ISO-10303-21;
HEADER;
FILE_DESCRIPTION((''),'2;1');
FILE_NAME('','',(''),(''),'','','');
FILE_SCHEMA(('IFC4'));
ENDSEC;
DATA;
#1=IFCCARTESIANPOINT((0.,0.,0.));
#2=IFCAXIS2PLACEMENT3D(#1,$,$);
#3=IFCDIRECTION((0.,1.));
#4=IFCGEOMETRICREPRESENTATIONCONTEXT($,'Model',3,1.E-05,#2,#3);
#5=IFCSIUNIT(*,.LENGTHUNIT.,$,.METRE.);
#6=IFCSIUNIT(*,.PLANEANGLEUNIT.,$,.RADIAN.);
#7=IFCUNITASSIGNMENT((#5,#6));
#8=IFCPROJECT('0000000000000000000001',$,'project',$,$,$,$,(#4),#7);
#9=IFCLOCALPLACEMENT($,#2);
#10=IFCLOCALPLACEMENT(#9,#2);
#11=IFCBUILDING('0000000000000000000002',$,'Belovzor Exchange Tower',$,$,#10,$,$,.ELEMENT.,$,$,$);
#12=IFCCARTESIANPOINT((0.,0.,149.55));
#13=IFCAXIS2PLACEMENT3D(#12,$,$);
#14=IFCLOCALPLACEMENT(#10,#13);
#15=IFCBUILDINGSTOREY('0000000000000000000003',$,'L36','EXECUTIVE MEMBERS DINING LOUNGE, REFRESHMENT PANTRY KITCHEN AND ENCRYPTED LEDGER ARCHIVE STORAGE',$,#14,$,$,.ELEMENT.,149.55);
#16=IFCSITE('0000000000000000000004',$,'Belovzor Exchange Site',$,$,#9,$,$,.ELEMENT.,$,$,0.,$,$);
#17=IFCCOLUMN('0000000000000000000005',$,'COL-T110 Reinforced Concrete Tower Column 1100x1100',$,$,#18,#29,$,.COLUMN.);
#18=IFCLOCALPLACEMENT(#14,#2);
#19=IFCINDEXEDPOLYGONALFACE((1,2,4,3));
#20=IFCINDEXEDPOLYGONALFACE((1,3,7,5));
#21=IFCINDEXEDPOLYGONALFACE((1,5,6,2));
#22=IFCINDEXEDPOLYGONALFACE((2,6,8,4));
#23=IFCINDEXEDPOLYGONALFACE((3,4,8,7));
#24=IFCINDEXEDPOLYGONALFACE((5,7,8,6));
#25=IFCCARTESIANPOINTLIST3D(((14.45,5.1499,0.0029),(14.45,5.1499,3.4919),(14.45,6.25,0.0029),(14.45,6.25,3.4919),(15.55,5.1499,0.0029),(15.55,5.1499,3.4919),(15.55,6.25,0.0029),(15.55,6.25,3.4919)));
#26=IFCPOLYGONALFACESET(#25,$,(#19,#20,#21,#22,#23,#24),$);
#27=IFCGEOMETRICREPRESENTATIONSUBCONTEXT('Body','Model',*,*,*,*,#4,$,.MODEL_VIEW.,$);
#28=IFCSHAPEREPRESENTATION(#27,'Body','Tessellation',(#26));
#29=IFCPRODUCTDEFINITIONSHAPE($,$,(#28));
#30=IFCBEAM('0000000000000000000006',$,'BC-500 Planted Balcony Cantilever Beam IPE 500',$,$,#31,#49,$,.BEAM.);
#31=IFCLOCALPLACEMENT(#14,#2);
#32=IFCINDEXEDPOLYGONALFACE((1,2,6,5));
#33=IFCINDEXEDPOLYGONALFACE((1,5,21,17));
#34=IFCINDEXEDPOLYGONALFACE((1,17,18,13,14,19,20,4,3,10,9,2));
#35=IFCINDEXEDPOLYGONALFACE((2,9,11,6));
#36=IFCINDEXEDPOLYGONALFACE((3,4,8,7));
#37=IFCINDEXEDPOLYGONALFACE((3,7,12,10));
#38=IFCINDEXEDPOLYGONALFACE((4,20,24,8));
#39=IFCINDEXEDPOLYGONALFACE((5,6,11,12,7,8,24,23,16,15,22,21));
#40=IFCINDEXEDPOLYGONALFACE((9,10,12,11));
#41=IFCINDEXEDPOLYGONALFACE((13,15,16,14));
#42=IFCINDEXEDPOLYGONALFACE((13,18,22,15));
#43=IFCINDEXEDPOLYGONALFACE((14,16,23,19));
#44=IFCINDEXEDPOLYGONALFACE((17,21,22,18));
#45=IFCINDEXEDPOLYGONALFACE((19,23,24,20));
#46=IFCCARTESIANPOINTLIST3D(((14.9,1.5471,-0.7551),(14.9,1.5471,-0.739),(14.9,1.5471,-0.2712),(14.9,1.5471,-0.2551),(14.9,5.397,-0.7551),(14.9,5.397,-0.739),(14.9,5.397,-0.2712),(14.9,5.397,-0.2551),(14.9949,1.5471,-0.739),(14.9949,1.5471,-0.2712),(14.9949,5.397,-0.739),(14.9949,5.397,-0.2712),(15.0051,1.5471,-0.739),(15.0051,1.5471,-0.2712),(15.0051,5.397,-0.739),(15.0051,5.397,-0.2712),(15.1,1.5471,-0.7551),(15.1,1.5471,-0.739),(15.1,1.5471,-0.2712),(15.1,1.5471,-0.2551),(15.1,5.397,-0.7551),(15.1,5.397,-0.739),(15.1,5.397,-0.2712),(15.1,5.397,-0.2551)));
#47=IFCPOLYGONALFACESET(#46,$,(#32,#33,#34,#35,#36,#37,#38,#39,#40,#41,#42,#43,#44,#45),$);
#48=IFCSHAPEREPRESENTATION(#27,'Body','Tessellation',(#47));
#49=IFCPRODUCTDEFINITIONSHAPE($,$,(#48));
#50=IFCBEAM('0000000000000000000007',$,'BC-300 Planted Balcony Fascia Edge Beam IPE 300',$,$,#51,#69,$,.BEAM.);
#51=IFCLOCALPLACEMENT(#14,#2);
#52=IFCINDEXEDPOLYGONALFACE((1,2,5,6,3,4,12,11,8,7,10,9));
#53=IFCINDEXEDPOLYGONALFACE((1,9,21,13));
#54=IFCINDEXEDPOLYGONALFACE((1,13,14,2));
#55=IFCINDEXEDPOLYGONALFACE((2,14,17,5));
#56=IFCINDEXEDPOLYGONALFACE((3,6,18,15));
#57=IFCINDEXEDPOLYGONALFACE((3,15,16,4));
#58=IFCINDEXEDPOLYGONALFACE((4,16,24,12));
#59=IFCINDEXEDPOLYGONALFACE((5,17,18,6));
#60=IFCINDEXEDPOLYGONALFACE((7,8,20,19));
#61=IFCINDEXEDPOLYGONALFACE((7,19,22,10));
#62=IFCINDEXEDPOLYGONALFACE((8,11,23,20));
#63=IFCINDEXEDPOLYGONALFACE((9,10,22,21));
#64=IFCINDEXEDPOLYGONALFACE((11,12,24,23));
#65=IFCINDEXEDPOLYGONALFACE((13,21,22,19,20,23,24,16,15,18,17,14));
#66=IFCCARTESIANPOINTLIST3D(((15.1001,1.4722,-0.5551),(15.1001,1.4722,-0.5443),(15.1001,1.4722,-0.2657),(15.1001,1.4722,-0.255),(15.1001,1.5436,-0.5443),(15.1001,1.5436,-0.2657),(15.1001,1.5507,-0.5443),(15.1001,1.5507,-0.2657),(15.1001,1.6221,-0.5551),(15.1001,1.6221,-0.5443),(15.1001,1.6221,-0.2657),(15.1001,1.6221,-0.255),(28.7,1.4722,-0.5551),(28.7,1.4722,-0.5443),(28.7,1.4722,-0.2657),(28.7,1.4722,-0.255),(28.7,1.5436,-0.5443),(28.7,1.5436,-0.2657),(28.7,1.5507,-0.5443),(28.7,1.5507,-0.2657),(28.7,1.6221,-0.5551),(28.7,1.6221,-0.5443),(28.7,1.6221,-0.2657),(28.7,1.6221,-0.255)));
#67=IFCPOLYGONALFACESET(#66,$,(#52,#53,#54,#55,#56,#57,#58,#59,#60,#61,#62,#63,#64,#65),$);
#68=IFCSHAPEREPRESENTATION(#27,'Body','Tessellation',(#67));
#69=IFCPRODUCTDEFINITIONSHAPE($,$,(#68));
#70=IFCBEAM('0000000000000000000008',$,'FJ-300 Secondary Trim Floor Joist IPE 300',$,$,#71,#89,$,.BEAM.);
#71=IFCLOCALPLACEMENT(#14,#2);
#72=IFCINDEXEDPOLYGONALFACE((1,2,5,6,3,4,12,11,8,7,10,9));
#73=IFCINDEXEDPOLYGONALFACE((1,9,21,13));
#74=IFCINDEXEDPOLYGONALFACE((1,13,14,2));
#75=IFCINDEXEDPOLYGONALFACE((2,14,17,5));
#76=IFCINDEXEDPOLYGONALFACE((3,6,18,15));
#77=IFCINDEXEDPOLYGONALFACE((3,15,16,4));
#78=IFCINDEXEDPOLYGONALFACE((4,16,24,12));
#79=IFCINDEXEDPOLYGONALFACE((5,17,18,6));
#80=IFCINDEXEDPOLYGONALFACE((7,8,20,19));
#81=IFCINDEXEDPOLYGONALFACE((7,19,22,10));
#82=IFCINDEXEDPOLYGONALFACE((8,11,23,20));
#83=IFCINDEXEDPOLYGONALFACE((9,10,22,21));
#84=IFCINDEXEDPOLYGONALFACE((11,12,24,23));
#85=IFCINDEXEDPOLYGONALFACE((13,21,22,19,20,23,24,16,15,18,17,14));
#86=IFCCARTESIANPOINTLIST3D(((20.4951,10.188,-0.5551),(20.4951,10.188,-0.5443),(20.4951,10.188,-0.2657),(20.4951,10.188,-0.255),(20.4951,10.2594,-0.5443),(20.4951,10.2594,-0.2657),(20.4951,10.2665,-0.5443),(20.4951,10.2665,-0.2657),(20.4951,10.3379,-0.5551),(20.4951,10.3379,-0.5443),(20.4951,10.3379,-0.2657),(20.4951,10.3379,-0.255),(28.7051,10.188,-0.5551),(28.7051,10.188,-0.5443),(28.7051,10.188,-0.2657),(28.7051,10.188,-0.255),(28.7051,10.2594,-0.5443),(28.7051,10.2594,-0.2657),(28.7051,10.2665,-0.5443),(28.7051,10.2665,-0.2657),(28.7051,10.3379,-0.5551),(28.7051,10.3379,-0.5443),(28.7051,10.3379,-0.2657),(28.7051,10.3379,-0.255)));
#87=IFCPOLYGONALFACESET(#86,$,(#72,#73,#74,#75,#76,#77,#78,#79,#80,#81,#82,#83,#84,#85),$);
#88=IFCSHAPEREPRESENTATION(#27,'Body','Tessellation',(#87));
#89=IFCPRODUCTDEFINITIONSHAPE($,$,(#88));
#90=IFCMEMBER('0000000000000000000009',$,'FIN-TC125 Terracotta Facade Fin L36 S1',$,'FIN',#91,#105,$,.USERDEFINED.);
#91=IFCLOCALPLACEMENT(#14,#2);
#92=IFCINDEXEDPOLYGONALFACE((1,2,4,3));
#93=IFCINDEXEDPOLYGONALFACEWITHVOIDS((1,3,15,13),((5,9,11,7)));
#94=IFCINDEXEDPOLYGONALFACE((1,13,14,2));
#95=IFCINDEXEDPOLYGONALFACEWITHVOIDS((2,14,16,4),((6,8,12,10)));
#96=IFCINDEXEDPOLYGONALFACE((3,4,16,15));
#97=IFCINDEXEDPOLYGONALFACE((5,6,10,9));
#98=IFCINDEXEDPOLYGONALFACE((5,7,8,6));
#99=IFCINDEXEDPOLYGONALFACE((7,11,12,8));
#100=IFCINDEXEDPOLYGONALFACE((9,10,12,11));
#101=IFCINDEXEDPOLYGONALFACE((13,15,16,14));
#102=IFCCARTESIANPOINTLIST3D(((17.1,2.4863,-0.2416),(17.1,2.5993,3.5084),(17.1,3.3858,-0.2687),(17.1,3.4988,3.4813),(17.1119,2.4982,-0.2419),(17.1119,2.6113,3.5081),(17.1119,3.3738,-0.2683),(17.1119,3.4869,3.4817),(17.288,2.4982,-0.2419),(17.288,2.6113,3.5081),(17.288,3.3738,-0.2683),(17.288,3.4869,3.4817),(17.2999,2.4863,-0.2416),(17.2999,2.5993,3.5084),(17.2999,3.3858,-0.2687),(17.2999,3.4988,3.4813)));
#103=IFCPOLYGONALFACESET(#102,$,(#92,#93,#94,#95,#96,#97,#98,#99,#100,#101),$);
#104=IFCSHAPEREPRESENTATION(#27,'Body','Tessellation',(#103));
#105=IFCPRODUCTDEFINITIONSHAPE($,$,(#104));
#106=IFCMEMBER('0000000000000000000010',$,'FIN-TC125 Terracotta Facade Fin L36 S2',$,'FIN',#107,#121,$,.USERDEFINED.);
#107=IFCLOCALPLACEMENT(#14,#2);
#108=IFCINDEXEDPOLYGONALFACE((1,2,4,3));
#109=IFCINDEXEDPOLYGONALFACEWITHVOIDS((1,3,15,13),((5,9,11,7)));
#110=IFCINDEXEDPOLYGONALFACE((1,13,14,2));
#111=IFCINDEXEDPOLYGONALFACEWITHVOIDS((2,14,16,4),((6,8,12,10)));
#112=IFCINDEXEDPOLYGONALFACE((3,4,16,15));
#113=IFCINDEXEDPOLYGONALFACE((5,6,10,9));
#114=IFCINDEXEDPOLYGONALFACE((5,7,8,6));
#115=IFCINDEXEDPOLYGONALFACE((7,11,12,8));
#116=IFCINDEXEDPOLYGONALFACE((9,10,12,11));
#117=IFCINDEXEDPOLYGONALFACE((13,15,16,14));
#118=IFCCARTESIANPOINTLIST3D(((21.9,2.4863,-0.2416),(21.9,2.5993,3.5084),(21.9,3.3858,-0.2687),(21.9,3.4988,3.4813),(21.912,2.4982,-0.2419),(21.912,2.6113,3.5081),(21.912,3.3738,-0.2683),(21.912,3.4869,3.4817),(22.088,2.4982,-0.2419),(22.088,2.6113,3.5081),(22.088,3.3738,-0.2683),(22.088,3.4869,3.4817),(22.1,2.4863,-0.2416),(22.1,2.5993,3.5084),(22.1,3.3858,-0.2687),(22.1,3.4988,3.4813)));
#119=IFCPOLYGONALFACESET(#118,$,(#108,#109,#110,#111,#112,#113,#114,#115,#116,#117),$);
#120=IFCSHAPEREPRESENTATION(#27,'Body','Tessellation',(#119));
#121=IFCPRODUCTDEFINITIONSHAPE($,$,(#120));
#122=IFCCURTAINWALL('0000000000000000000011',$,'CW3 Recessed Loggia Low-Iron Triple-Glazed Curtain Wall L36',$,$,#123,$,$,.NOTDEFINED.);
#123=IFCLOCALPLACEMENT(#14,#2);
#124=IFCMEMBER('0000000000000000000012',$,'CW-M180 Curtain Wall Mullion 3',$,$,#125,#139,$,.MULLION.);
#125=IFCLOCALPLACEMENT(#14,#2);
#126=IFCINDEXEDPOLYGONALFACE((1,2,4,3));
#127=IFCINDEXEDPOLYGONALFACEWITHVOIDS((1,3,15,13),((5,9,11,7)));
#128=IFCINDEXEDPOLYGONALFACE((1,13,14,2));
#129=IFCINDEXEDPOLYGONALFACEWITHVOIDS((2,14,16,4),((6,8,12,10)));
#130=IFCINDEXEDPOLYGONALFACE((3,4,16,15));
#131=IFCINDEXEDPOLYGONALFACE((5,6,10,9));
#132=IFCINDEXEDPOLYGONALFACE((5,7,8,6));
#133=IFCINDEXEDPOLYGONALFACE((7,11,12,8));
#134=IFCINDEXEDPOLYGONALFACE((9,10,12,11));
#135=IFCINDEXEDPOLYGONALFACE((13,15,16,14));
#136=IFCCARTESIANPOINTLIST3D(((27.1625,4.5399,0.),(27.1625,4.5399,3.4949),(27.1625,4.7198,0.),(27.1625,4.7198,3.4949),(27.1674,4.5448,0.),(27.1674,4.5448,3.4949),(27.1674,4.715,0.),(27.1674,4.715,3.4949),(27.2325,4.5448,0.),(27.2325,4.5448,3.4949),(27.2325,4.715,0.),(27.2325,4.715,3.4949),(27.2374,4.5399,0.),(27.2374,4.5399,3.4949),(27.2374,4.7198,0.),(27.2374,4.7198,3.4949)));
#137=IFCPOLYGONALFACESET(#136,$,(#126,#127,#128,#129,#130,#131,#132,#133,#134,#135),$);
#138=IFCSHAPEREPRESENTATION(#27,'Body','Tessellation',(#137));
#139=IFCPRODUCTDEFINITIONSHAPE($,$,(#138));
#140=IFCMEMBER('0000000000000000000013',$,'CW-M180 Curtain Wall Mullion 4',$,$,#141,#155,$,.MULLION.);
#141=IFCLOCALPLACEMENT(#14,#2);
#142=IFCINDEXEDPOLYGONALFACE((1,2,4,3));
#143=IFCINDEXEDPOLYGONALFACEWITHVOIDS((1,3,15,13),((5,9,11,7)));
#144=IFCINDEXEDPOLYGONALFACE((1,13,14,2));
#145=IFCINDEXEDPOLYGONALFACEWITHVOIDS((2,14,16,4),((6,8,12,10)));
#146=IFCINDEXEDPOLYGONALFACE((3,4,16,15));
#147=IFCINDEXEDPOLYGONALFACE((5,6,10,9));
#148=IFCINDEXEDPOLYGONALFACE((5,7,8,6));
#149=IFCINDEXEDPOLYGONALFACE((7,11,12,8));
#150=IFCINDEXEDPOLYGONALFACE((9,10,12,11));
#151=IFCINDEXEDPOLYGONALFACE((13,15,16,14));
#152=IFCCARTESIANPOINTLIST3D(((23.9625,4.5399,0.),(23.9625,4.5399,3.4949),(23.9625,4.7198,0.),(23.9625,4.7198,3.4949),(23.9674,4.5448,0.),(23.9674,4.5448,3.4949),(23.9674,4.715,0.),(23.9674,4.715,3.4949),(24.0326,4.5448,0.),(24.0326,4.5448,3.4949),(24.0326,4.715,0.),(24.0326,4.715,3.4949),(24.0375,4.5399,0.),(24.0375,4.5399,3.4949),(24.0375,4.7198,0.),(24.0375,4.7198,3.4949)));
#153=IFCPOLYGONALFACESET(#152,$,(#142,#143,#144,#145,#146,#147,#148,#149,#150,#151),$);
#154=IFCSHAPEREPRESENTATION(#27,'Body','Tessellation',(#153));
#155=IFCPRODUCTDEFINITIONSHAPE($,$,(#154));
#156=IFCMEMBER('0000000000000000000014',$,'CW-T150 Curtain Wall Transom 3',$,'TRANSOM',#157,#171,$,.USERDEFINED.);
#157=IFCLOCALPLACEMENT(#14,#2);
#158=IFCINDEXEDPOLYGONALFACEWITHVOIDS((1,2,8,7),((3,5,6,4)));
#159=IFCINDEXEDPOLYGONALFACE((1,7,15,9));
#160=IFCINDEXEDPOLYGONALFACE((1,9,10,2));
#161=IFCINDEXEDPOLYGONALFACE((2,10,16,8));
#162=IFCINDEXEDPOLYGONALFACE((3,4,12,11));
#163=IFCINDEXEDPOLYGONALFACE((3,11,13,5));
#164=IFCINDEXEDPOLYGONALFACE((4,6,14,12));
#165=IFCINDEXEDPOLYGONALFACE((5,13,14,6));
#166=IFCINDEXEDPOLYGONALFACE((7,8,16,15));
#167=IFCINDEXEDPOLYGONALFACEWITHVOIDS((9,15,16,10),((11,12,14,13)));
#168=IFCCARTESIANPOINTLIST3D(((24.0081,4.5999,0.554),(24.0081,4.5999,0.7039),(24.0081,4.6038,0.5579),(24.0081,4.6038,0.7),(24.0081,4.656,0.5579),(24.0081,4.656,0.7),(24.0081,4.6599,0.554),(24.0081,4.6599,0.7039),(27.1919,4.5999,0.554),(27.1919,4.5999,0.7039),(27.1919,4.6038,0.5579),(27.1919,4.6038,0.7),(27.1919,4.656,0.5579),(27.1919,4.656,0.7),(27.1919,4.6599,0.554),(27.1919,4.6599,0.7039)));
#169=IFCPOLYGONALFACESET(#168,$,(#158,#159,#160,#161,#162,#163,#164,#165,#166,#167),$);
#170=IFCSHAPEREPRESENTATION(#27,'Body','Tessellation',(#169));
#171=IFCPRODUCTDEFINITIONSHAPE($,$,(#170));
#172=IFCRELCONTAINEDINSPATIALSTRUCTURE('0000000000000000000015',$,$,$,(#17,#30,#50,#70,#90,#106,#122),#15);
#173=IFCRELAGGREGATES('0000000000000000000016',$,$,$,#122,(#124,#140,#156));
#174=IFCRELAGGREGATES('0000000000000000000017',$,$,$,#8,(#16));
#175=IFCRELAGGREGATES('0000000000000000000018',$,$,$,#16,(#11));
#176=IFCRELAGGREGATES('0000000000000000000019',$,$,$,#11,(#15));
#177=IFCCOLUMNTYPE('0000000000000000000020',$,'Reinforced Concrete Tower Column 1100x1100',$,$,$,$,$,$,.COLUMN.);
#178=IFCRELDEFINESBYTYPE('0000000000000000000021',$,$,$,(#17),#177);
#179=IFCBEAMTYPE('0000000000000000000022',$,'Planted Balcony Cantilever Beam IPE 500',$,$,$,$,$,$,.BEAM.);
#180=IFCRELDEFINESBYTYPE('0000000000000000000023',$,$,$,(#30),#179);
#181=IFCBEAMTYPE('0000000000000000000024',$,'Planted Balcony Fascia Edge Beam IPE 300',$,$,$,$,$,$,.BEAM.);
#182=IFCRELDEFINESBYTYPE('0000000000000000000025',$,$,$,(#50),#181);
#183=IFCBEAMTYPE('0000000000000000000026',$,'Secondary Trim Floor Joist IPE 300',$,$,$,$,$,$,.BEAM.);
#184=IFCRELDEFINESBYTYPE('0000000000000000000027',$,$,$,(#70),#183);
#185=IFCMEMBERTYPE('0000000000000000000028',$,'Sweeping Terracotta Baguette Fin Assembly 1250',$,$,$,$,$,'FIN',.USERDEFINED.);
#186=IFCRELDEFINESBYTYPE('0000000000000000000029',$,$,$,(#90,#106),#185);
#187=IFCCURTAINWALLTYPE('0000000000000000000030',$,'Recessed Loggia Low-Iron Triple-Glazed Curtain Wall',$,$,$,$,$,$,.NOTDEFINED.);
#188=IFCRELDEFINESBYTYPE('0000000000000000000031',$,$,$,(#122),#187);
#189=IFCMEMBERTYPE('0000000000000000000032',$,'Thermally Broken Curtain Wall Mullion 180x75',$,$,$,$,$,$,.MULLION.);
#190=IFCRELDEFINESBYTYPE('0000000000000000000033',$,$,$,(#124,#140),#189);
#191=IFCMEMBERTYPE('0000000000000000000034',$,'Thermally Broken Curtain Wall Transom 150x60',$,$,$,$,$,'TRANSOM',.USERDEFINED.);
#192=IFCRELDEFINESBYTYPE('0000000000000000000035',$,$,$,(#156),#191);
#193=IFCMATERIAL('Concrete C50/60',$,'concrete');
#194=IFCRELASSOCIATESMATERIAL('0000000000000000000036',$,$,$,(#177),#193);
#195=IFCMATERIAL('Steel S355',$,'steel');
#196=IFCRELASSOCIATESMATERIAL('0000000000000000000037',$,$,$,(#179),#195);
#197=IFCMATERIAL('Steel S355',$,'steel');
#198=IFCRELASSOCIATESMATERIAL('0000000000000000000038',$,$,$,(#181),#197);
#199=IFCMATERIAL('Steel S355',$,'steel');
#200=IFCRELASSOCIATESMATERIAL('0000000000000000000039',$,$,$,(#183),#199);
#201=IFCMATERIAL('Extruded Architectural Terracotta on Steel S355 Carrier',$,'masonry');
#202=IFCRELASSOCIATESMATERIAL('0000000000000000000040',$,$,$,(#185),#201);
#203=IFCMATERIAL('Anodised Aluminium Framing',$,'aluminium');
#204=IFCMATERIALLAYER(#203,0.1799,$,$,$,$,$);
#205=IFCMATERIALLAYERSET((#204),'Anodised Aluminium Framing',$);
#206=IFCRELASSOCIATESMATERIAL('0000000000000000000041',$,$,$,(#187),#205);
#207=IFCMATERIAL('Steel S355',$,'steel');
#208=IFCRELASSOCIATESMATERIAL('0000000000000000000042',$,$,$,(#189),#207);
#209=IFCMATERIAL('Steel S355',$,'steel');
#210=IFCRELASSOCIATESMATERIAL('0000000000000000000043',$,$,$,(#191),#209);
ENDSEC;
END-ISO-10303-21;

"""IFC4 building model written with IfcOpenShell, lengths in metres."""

from ifc_helpers import new_model, si_unit, direction, frame, origin, origin_2d, place, context, subcontext, project, spatial, rectangle, hollow_rectangle, i_section, extrude, material, layer, layer_set, material_profile, profile_set, type_object, element, aggregate, save


model = new_model("IFC4")

# Units and contexts
model_context = context("Model", 3, precision=1e-05, world=origin(), true_north=direction((0.0, 1.0)))
body_context = subcontext(model_context, "Body", "Model", "MODEL_VIEW")
ifc_project = project(units=[si_unit("LENGTHUNIT", "METRE"), si_unit("PLANEANGLEUNIT", "RADIAN")], contexts=[model_context])

# Site, building, storey
site_placement = place(None, origin())
site = spatial("IfcSite", under=ifc_project, at=site_placement, Name="Belovzor Exchange Site", CompositionType="ELEMENT", RefElevation=0.0)
building_placement = place(site_placement, origin())
building = spatial("IfcBuilding", under=site, at=building_placement, Name="Belovzor Exchange Tower", CompositionType="ELEMENT")
storey_placement = place(building_placement, frame((0.0, 0.0, 149.55)))
storey = spatial("IfcBuildingStorey", under=building, at=storey_placement, Name="L36", Description="EXECUTIVE MEMBERS DINING LOUNGE, REFRESHMENT PANTRY KITCHEN AND ENCRYPTED LEDGER ARCHIVE STORAGE", CompositionType="ELEMENT", Elevation=149.55)

# Column
ifc_material_1 = material(Name="Concrete C50/60", Category="concrete")
ifc_material_profile_1 = material_profile(ifc_material_1, rectangle(XDim=1.1001, YDim=1.1001, at=origin_2d()))
ifc_profile_set_1 = profile_set([ifc_material_profile_1], Name="Concrete C50/60")
column_type = type_object("IfcColumnType", Name="Reinforced Concrete Tower Column 1100x1100", PredefinedType="COLUMN", material=ifc_profile_set_1)
column_placement = place(storey_placement, frame((15.0, 5.7, 0.0029), z_axis=(0.0, 0.0, 1.0), x_axis=(1.0, 0.0, 0.0)))
element("IfcColumn", 1, at=column_placement, inside=storey, type_object=column_type, Name="COL-T110 Reinforced Concrete Tower Column 1100x1100", PredefinedType="COLUMN", context=body_context, shape_type="SweptSolid", body=[
    extrude(rectangle(XDim=1.1001, YDim=1.1001, at=origin_2d()), origin(), (0.0, 0.0, 1.0), 3.489),
])

# Beams
ifc_material_2 = material(Name="Steel S355", Category="steel")
ifc_material_profile_2 = material_profile(ifc_material_2, i_section(OverallWidth=0.2, OverallDepth=0.5, WebThickness=0.0103, FlangeThickness=0.0161, at=origin_2d()))
ifc_profile_set_2 = profile_set([ifc_material_profile_2], Name="Steel S355")
beam_type_1 = type_object("IfcBeamType", Name="Planted Balcony Cantilever Beam IPE 500", PredefinedType="BEAM", material=ifc_profile_set_2)
beam_1_placement = place(storey_placement, frame((15.0, 5.397, -0.5051), z_axis=(0.0, -1.0, 0.0), x_axis=(1.0, 0.0, 0.0)))
element("IfcBeam", 2, at=beam_1_placement, inside=storey, type_object=beam_type_1, Name="BC-500 Planted Balcony Cantilever Beam IPE 500", PredefinedType="BEAM", context=body_context, shape_type="SweptSolid", body=[
    extrude(i_section(OverallWidth=0.2, OverallDepth=0.5, WebThickness=0.0103, FlangeThickness=0.0161, at=origin_2d()), origin(), (0.0, 0.0, 1.0), 3.8499),
])
ifc_material_3 = material(Name="Steel S355", Category="steel")
ifc_material_profile_3 = material_profile(ifc_material_3, i_section(OverallWidth=0.1499, OverallDepth=0.3, WebThickness=0.0071, FlangeThickness=0.0107, at=origin_2d()))
ifc_profile_set_3 = profile_set([ifc_material_profile_3], Name="Steel S355")
beam_type_2 = type_object("IfcBeamType", Name="Planted Balcony Fascia Edge Beam IPE 300", PredefinedType="BEAM", material=ifc_profile_set_3)
beam_2_placement = place(storey_placement, frame((15.1001, 1.5471, -0.405), z_axis=(1.0, 0.0, 0.0), x_axis=(0.0, 1.0, 0.0)))
element("IfcBeam", 3, at=beam_2_placement, inside=storey, type_object=beam_type_2, Name="BC-300 Planted Balcony Fascia Edge Beam IPE 300", PredefinedType="BEAM", context=body_context, shape_type="SweptSolid", body=[
    extrude(i_section(OverallWidth=0.1499, OverallDepth=0.3, WebThickness=0.0071, FlangeThickness=0.0107, at=origin_2d()), origin(), (0.0, 0.0, 1.0), 13.5999),
])
ifc_material_4 = material(Name="Steel S355", Category="steel")
ifc_material_profile_4 = material_profile(ifc_material_4, i_section(OverallWidth=0.1499, OverallDepth=0.3, WebThickness=0.0071, FlangeThickness=0.0107, at=origin_2d()))
ifc_profile_set_4 = profile_set([ifc_material_profile_4], Name="Steel S355")
beam_type_3 = type_object("IfcBeamType", Name="Secondary Trim Floor Joist IPE 300", PredefinedType="BEAM", material=ifc_profile_set_4)
beam_3_placement = place(storey_placement, frame((20.4951, 10.2629, -0.405), z_axis=(1.0, 0.0, 0.0), x_axis=(0.0, 1.0, 0.0)))
element("IfcBeam", 4, at=beam_3_placement, inside=storey, type_object=beam_type_3, Name="FJ-300 Secondary Trim Floor Joist IPE 300", PredefinedType="BEAM", context=body_context, shape_type="SweptSolid", body=[
    extrude(i_section(OverallWidth=0.1499, OverallDepth=0.3, WebThickness=0.0071, FlangeThickness=0.0107, at=origin_2d()), origin(), (0.0, 0.0, 1.0), 8.21),
])

# Members
ifc_material_5 = material(Name="Extruded Architectural Terracotta on Steel S355 Carrier", Category="masonry")
ifc_material_profile_5 = material_profile(ifc_material_5, hollow_rectangle(XDim=0.2, YDim=0.8999, WallThickness=0.012, at=origin_2d()))
ifc_profile_set_5 = profile_set([ifc_material_profile_5], Name="Extruded Architectural Terracotta on Steel S355 Carrier")
member_type_1 = type_object("IfcMemberType", Name="Sweeping Terracotta Baguette Fin Assembly 1250", ElementType="FIN", PredefinedType="USERDEFINED", material=ifc_profile_set_5)
for number, where, z_axis, x_axis, name in (
    (5, (17.2, 2.936, -0.2551), (0.0, 0.03013, 0.999546), (-1.0, 0.0, 0.0), "FIN-TC125 Terracotta Facade Fin L36 S1"),
    (6, (22.0, 2.936, -0.2551), (0.0, 0.03013, 0.999546), (-1.0, 0.0, 0.0), "FIN-TC125 Terracotta Facade Fin L36 S2"),
):
    element("IfcMember", number, at=place(storey_placement, frame(where, z_axis=z_axis, x_axis=x_axis)), inside=storey, type_object=member_type_1, Name=name, ObjectType="FIN", PredefinedType="USERDEFINED", context=body_context, shape_type="SweptSolid", body=[
        extrude(hollow_rectangle(XDim=0.2, YDim=0.8999, WallThickness=0.012, at=origin_2d()), origin(), (0.0, 0.0, 1.0), 3.7517),
    ])

# Curtain wall, members
ifc_material_6 = material(Name="Anodised Aluminium Framing", Category="aluminium")
ifc_layer_1 = layer(ifc_material_6, 0.1799)
ifc_layer_set_1 = layer_set([ifc_layer_1], Name="Anodised Aluminium Framing")
curtain_wall_type = type_object("IfcCurtainWallType", Name="Recessed Loggia Low-Iron Triple-Glazed Curtain Wall", PredefinedType="NOTDEFINED", material=ifc_layer_set_1)
curtain_wall_placement = place(storey_placement, origin())
curtain_wall = element("IfcCurtainWall", 7, at=curtain_wall_placement, inside=storey, type_object=curtain_wall_type, Name="CW3 Recessed Loggia Low-Iron Triple-Glazed Curtain Wall L36", PredefinedType="NOTDEFINED")
ifc_material_7 = material(Name="Steel S355", Category="steel")
ifc_material_profile_6 = material_profile(ifc_material_7, hollow_rectangle(XDim=0.075, YDim=0.1799, WallThickness=0.0049, at=origin_2d()))
ifc_profile_set_6 = profile_set([ifc_material_profile_6], Name="Steel S355")
member_type_2 = type_object("IfcMemberType", Name="Thermally Broken Curtain Wall Mullion 180x75", PredefinedType="MULLION", material=ifc_profile_set_6)
member_1_placement = place(storey_placement, frame((27.2, 4.6299, 0.0), z_axis=(0.0, 0.0, 1.0), x_axis=(-1.0, 0.0, 0.0)))
member_1 = element("IfcMember", 8, at=member_1_placement, type_object=member_type_2, Name="CW-M180 Curtain Wall Mullion 3", PredefinedType="MULLION", context=body_context, shape_type="SweptSolid", body=[
    extrude(hollow_rectangle(XDim=0.075, YDim=0.1799, WallThickness=0.0049, at=origin_2d()), origin(), (0.0, 0.0, 1.0), 3.4949),
])
member_2_placement = place(storey_placement, frame((24.0, 4.6299, 0.0), z_axis=(0.0, 0.0, 1.0), x_axis=(-1.0, 0.0, 0.0)))
member_2 = element("IfcMember", 9, at=member_2_placement, type_object=member_type_2, Name="CW-M180 Curtain Wall Mullion 4", PredefinedType="MULLION", context=body_context, shape_type="SweptSolid", body=[
    extrude(hollow_rectangle(XDim=0.075, YDim=0.1799, WallThickness=0.0049, at=origin_2d()), origin(), (0.0, 0.0, 1.0), 3.4949),
])
ifc_material_8 = material(Name="Steel S355", Category="steel")
ifc_material_profile_7 = material_profile(ifc_material_8, hollow_rectangle(XDim=0.0601, YDim=0.1499, WallThickness=0.0039, at=origin_2d()))
ifc_profile_set_7 = profile_set([ifc_material_profile_7], Name="Steel S355")
member_type_3 = type_object("IfcMemberType", Name="Thermally Broken Curtain Wall Transom 150x60", ElementType="TRANSOM", PredefinedType="USERDEFINED", material=ifc_profile_set_7)
member_3_placement = place(storey_placement, frame((27.1919, 4.6299, 0.6289), z_axis=(-1.0, 0.0, 0.0), x_axis=(0.0, -1.0, 0.0)))
member_3 = element("IfcMember", 10, at=member_3_placement, type_object=member_type_3, Name="CW-T150 Curtain Wall Transom 3", ObjectType="TRANSOM", PredefinedType="USERDEFINED", context=body_context, shape_type="SweptSolid", body=[
    extrude(hollow_rectangle(XDim=0.0601, YDim=0.1499, WallThickness=0.0039, at=origin_2d()), origin(), (0.0, 0.0, 1.0), 3.1838),
])

aggregate(curtain_wall, [member_1, member_2, member_3])

save(model, "model.ifc")
